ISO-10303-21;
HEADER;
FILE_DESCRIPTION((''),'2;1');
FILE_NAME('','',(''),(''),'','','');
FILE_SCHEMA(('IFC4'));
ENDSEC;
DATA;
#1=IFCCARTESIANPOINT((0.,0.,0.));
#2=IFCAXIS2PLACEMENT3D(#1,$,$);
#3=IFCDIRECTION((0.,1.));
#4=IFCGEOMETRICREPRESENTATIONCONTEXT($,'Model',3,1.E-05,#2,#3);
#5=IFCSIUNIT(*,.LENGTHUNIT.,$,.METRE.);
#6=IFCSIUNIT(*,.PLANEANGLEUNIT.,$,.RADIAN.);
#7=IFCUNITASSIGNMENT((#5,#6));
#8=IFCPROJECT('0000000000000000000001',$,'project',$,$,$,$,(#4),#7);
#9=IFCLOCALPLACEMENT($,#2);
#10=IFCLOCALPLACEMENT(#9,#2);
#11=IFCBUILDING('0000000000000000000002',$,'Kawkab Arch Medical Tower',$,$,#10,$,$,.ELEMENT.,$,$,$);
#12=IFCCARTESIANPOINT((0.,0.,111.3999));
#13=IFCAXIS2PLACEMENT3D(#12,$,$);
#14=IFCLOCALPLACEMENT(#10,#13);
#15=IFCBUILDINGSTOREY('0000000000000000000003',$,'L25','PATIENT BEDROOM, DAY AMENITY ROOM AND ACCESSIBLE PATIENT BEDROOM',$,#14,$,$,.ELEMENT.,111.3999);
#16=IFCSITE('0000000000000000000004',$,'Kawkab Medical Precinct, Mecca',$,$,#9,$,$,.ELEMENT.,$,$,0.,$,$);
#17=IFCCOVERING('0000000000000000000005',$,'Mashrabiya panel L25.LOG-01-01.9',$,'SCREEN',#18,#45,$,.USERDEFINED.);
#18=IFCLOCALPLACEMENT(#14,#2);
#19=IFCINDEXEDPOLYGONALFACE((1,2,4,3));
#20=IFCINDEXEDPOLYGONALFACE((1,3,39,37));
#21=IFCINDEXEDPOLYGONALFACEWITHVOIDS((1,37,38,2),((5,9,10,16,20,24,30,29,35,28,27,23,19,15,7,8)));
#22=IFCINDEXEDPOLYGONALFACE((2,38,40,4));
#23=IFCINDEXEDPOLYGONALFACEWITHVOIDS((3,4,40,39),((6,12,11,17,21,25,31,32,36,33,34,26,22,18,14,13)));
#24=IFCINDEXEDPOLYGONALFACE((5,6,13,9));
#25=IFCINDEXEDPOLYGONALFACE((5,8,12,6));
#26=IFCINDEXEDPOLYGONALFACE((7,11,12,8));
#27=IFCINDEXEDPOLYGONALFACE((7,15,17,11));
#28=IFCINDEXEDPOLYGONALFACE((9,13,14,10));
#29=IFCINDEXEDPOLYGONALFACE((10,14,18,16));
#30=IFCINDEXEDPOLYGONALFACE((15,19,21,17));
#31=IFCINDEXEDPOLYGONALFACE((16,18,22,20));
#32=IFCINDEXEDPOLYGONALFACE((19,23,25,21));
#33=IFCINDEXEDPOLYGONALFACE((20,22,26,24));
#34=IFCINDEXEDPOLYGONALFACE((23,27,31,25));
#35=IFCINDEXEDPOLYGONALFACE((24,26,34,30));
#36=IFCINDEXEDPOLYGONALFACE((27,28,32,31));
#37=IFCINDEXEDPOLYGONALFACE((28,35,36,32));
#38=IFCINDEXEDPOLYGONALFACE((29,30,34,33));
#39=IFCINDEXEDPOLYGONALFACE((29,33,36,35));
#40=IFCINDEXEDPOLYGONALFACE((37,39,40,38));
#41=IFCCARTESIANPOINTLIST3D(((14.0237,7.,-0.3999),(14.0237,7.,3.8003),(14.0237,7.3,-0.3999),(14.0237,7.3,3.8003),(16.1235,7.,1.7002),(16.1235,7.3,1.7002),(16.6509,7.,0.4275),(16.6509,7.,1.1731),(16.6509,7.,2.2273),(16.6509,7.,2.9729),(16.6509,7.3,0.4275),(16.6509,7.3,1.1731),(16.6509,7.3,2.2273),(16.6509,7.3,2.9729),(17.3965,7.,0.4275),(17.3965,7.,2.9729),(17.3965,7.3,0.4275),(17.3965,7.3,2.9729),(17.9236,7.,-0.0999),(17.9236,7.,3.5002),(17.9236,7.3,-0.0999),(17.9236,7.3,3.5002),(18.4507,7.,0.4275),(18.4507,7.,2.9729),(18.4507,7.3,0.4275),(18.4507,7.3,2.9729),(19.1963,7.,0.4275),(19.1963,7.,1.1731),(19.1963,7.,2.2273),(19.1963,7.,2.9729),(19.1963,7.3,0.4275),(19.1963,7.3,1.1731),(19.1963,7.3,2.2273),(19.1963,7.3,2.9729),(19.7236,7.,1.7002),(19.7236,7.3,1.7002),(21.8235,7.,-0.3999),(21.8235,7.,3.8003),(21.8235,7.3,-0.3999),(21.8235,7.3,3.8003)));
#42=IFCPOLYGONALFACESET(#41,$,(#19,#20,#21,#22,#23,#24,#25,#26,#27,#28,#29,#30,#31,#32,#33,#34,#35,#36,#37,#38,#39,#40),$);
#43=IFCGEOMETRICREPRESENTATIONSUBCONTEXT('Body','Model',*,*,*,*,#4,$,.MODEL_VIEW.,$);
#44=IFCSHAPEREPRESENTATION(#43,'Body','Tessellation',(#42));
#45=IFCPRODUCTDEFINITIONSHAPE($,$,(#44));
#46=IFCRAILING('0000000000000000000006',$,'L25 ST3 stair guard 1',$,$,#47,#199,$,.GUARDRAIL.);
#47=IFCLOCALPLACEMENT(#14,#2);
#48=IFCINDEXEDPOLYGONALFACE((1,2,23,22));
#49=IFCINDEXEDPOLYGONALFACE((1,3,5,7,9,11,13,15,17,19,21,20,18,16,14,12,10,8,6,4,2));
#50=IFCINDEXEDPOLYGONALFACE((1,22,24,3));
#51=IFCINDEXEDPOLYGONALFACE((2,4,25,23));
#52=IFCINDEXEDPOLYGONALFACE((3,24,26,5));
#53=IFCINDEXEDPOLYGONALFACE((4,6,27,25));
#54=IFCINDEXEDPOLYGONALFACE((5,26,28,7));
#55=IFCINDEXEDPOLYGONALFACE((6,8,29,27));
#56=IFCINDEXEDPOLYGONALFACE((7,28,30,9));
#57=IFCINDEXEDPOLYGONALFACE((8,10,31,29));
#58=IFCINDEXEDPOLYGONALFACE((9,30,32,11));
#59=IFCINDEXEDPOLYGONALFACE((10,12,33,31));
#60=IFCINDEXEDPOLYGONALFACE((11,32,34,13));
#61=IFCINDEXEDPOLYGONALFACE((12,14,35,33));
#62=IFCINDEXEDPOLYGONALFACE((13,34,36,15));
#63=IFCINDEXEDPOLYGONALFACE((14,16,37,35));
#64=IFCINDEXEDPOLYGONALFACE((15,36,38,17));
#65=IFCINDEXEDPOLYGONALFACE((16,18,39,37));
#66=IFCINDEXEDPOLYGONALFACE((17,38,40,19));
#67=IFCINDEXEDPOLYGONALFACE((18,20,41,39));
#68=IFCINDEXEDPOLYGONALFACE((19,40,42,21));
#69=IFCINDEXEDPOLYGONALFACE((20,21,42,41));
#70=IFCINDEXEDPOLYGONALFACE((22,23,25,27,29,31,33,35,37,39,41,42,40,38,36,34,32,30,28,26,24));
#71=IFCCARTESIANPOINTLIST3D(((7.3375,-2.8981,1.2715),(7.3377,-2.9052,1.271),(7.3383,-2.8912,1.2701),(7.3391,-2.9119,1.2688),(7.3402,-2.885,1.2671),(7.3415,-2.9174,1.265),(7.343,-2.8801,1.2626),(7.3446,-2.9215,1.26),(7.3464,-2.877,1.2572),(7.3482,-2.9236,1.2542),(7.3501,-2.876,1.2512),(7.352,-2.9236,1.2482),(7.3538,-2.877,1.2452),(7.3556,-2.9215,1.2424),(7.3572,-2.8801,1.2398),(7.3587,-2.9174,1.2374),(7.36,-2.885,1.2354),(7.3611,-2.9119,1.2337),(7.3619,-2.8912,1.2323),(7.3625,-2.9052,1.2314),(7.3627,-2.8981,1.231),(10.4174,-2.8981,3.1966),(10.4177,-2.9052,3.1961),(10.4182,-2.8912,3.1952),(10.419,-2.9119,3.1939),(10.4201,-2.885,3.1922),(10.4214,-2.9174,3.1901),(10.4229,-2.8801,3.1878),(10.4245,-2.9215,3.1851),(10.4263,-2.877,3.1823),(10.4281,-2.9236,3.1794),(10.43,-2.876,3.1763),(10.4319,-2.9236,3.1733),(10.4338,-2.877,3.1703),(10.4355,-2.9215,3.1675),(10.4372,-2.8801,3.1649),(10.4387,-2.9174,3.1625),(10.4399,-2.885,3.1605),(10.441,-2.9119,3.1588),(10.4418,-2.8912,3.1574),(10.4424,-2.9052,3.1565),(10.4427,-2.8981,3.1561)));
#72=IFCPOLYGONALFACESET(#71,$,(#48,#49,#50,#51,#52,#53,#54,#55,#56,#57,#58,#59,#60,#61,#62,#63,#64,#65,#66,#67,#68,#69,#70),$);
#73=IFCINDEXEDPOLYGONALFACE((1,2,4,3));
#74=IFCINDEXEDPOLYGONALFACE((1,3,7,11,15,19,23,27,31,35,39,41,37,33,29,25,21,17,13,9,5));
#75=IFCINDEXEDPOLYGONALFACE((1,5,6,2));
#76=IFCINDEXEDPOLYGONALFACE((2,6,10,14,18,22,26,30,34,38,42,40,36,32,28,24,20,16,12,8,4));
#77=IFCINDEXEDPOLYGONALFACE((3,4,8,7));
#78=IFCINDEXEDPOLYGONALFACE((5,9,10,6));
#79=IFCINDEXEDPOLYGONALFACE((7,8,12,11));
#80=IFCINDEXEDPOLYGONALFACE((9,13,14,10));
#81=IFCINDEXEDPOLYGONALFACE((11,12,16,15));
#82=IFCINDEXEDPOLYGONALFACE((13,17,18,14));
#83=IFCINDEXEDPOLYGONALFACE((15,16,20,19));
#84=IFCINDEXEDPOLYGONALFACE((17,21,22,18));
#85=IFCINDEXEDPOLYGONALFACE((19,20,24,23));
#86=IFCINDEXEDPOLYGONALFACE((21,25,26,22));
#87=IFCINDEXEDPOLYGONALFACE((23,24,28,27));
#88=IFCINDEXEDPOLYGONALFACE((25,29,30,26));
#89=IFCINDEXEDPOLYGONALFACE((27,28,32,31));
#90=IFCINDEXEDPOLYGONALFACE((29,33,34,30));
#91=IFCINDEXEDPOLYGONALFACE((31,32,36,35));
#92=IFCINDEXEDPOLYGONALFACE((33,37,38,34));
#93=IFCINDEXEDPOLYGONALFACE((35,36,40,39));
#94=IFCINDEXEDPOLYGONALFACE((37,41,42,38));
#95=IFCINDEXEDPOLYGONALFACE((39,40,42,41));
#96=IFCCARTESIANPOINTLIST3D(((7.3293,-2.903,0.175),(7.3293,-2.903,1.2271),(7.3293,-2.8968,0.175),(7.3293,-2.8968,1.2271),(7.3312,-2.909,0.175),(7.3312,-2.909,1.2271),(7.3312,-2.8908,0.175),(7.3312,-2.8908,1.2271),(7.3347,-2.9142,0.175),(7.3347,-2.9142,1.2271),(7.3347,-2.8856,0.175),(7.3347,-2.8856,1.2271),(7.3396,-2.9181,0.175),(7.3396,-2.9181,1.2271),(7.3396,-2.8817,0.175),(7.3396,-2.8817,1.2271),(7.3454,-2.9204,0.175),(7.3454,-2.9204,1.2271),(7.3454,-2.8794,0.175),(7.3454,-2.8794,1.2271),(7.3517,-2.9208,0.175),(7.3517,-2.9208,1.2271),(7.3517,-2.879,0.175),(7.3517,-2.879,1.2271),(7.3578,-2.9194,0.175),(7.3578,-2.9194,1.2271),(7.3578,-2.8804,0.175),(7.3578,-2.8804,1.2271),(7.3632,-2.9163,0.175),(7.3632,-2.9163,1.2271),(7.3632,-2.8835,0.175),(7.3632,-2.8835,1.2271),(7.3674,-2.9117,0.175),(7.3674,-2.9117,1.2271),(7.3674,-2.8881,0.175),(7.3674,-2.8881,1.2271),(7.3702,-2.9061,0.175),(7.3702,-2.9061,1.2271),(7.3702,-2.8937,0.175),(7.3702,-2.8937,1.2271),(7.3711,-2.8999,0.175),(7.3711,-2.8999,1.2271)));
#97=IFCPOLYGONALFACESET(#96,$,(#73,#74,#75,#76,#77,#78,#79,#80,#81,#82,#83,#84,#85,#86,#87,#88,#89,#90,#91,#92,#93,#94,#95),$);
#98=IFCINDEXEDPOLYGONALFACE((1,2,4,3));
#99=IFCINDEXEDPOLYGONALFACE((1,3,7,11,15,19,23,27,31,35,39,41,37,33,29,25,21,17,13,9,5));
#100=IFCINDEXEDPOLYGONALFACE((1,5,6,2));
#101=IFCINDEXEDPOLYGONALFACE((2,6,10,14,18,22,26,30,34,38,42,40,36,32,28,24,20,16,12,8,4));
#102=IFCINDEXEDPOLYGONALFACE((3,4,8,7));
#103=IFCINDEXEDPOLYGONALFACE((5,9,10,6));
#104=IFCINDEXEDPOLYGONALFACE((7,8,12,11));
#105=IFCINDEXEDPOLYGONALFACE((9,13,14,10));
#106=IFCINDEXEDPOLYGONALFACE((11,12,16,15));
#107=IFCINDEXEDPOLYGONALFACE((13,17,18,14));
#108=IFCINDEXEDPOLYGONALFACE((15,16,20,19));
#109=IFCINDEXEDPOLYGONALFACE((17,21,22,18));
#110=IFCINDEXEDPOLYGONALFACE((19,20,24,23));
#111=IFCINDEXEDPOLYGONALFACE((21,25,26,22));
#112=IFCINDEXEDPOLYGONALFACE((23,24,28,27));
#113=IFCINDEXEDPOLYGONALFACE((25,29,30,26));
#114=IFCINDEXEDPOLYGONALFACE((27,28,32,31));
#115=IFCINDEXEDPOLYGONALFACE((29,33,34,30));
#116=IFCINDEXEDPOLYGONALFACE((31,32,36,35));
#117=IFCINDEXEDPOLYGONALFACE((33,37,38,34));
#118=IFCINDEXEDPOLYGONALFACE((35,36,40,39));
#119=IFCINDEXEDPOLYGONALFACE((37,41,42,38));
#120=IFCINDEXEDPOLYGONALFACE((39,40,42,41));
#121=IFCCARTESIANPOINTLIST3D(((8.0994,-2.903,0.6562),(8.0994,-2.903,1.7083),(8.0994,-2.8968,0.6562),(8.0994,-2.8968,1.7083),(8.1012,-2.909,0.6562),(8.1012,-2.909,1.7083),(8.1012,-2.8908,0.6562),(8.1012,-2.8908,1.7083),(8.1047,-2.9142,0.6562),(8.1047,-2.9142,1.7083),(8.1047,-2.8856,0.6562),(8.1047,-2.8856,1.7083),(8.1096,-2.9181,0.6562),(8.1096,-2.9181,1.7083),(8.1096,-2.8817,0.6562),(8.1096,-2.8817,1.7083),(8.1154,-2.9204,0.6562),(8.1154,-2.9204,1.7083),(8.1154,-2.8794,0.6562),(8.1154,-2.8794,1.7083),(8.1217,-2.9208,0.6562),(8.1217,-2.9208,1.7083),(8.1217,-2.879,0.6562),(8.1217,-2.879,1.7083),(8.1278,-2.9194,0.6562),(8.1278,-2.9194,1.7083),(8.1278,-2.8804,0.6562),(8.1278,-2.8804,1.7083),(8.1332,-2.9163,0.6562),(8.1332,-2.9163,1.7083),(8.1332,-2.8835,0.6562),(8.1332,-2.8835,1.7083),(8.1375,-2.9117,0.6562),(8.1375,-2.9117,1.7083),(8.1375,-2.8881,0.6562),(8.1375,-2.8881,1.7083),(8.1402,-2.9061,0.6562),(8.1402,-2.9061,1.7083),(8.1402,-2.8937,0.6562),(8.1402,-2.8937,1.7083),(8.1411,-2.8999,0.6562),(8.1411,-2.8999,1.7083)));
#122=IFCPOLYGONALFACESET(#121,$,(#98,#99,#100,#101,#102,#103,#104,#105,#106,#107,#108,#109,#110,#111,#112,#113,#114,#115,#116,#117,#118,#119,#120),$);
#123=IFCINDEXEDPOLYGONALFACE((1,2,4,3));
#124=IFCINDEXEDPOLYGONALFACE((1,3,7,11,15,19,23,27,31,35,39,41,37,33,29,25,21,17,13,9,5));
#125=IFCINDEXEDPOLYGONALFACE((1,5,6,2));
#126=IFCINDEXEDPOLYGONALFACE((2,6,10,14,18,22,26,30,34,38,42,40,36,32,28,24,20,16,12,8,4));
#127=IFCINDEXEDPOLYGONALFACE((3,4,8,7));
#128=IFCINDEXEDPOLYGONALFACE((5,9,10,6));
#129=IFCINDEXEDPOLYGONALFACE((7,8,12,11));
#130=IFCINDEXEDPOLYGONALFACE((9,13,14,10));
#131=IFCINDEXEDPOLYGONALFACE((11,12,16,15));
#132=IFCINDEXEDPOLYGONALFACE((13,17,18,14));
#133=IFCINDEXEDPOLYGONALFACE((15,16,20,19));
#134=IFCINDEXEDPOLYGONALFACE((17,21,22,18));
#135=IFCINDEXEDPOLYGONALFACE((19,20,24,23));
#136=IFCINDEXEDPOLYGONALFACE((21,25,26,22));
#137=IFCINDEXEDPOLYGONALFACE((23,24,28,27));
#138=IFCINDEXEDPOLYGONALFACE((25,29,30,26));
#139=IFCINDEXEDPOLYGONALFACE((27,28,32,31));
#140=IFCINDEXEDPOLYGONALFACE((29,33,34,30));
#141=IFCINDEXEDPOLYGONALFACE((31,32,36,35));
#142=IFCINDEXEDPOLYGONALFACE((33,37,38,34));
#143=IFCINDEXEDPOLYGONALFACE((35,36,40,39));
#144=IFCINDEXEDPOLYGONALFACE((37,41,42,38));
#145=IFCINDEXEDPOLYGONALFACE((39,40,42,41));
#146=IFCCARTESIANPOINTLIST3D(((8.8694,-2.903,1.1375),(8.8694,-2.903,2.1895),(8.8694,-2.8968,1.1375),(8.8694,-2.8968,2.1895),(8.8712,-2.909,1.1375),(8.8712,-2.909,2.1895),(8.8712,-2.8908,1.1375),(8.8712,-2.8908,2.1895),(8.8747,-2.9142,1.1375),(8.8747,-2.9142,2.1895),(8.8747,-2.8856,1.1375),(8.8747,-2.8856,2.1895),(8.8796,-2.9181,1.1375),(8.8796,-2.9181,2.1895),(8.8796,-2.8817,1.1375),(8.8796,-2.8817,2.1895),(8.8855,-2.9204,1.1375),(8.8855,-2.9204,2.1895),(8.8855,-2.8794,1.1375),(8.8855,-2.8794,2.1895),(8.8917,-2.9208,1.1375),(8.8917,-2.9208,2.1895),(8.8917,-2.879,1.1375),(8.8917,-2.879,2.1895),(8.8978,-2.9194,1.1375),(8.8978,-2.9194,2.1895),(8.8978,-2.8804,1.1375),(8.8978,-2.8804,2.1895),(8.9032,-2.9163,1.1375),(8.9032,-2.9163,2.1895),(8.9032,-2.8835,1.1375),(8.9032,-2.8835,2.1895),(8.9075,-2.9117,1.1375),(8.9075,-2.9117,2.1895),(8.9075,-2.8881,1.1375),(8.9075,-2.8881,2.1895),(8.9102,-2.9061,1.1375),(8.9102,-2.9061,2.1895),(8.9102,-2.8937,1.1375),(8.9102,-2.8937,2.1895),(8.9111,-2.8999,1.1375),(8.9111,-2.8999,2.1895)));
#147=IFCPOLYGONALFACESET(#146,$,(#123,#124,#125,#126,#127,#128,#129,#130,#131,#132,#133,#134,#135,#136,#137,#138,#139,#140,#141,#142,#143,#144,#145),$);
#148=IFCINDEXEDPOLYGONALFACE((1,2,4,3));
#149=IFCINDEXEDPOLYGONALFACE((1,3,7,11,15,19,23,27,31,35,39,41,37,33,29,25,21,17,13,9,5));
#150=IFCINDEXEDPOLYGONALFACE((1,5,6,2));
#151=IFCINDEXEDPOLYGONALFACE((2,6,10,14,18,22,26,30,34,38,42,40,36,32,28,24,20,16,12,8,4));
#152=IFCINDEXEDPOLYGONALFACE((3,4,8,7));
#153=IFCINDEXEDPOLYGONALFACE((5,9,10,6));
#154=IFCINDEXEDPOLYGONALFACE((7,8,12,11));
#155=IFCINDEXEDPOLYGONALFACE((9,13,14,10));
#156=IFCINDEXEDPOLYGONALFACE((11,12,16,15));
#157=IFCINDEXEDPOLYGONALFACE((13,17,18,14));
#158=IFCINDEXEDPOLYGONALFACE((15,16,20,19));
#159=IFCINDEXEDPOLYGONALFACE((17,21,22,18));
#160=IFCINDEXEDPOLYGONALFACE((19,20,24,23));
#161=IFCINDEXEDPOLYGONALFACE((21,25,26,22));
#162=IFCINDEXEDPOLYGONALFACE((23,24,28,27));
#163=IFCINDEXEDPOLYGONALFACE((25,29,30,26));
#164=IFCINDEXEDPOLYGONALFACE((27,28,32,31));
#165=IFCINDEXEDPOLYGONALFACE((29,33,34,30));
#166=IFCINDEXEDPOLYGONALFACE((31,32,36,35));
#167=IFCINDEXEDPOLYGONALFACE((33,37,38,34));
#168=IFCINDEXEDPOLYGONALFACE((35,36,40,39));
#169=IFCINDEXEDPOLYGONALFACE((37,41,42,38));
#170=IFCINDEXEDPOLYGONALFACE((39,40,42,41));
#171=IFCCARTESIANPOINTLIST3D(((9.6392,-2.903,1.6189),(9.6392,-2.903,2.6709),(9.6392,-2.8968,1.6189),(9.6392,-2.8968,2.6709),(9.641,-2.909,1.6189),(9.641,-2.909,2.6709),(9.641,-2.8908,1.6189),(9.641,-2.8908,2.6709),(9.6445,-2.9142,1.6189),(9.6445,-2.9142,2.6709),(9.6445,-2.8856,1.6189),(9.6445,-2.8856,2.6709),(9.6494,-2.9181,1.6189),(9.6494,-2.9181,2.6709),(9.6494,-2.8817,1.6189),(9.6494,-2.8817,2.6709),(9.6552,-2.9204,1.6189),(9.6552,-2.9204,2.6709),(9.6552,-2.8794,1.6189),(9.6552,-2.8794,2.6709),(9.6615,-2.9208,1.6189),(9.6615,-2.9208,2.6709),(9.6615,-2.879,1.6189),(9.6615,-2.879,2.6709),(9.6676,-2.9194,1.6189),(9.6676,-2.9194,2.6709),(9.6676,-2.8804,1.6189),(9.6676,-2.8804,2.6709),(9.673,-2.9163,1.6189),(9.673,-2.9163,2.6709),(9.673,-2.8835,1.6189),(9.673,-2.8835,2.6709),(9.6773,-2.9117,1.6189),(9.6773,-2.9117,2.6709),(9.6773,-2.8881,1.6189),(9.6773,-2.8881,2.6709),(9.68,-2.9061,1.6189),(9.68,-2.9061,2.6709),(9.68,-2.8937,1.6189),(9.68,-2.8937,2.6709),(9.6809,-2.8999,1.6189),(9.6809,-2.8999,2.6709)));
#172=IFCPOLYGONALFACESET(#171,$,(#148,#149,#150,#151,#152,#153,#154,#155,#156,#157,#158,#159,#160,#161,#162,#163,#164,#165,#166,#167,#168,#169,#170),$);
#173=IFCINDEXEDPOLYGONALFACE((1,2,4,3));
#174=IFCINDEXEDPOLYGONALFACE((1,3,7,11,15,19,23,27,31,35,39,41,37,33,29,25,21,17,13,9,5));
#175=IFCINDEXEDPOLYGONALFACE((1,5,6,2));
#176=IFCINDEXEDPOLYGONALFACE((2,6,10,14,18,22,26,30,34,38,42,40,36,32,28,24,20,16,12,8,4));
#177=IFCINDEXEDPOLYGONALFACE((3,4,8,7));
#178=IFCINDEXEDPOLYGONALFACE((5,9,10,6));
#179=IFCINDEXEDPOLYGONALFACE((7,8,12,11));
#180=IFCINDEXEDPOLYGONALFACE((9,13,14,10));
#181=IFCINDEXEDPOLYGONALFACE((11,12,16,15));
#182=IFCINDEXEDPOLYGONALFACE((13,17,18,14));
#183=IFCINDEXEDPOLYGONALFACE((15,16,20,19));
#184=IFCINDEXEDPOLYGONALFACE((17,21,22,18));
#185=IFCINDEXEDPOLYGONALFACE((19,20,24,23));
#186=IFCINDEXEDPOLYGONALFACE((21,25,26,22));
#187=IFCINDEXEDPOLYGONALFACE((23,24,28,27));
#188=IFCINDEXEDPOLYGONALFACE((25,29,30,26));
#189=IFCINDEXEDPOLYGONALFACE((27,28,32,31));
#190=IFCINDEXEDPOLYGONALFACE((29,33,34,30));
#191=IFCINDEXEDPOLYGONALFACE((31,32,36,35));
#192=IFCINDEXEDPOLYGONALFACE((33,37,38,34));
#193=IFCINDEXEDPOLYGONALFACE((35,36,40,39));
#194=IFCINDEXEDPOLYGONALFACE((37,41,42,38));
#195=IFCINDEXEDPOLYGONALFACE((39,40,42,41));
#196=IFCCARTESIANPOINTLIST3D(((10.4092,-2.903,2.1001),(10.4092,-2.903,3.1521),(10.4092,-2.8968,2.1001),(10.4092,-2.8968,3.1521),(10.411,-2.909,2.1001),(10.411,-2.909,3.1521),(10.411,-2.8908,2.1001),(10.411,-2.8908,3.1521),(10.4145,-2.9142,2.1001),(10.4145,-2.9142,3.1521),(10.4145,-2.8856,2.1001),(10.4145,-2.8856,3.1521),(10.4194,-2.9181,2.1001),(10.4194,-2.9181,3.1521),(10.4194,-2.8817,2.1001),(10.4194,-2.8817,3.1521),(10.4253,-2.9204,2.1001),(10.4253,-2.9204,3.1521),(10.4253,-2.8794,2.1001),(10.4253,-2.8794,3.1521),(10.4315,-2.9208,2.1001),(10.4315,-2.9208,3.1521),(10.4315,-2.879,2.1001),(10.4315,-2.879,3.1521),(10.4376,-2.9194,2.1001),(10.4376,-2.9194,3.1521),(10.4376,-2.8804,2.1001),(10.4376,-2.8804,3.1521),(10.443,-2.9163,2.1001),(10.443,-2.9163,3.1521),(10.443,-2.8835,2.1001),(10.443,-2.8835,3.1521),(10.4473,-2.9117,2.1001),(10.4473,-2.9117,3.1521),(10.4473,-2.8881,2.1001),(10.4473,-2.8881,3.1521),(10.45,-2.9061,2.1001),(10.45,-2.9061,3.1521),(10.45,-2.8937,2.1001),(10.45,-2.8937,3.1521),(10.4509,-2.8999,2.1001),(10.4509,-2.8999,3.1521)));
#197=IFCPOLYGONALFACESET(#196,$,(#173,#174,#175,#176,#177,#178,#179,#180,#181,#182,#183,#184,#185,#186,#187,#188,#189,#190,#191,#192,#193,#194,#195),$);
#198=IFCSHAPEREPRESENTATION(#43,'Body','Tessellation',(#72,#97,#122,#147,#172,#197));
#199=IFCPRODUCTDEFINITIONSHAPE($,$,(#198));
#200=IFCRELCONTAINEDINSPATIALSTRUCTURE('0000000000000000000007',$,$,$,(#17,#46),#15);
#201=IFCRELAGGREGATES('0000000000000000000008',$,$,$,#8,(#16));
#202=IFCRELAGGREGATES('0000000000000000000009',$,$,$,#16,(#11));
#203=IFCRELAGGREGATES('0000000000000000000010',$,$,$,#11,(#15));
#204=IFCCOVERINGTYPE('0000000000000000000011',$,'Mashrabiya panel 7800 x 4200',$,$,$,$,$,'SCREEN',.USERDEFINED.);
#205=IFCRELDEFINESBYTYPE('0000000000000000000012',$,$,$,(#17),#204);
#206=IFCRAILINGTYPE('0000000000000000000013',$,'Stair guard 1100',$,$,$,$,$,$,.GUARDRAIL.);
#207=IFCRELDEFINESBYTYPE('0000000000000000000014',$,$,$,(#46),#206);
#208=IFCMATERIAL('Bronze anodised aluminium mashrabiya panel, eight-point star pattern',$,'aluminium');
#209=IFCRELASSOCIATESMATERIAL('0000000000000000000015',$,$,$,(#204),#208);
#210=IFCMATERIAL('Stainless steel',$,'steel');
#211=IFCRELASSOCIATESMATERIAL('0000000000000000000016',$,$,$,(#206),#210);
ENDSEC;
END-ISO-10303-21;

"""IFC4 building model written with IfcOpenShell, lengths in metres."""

from ifc_helpers import new_model, si_unit, direction, frame, origin, origin_2d, place, context, subcontext, project, spatial, polyline, circle, outline, extrude, material, material_profile, profile_set, type_object, element, save


model = new_model("IFC4")

# Units and contexts
model_context = context("Model", 3, precision=1e-05, world=origin(), true_north=direction((0.0, 1.0)))
body_context = subcontext(model_context, "Body", "Model", "MODEL_VIEW")
ifc_project = project(units=[si_unit("LENGTHUNIT", "METRE"), si_unit("PLANEANGLEUNIT", "RADIAN")], contexts=[model_context])

# Site, building, storey
site_placement = place(None, origin())
site = spatial("IfcSite", under=ifc_project, at=site_placement, Name="Kawkab Medical Precinct, Mecca", CompositionType="ELEMENT", RefElevation=0.0)
building_placement = place(site_placement, origin())
building = spatial("IfcBuilding", under=site, at=building_placement, Name="Kawkab Arch Medical Tower", CompositionType="ELEMENT")
storey_placement = place(building_placement, frame((0.0, 0.0, 111.3999)))
storey = spatial("IfcBuildingStorey", under=building, at=storey_placement, Name="L25", Description="PATIENT BEDROOM, DAY AMENITY ROOM AND ACCESSIBLE PATIENT BEDROOM", CompositionType="ELEMENT", Elevation=111.3999)

# Covering
ifc_material_1 = material(Name="Bronze anodised aluminium mashrabiya panel, eight-point star pattern", Category="aluminium")
ifc_material_profile_1 = material_profile(ifc_material_1, outline(polyline([(-3.8999, -2.1001), (3.8999, -2.1001), (3.8999, 2.1001), (-3.8999, 2.1001), (-3.8999, -2.1001)]), holes=[polyline([(1.8, 0.0), (1.2727, 0.5271), (1.2727, 1.2727), (0.5271, 1.2727), (0.0, 1.8), (-0.5271, 1.2727), (-1.2727, 1.2727), (-1.2727, 0.5271), (-1.8, 0.0), (-1.2727, -0.5271), (-1.2727, -1.2727), (-0.5271, -1.2727), (0.0, -1.8), (0.5271, -1.2727), (1.2727, -1.2727), (1.2727, -0.5271), (1.8, 0.0)])]), Name="Mashrabiya panel 7800x4200")
ifc_profile_set_1 = profile_set([ifc_material_profile_1], Name="Bronze anodised aluminium mashrabiya panel, eight-point star pattern")
covering_type = type_object("IfcCoveringType", Name="Mashrabiya panel 7800 x 4200", ElementType="SCREEN", PredefinedType="USERDEFINED", material=ifc_profile_set_1)
covering_placement = place(storey_placement, frame((17.9236, 7.0, 1.7002), z_axis=(0.0, 1.0, 0.0), x_axis=(-1.0, 0.0, 0.0)))
element("IfcCovering", 1, at=covering_placement, inside=storey, type_object=covering_type, Name="Mashrabiya panel L25.LOG-01-01.9", ObjectType="SCREEN", PredefinedType="USERDEFINED", context=body_context, shape_type="SweptSolid", body=[
    extrude(outline(polyline([(-3.8999, -2.1001), (3.8999, -2.1001), (3.8999, 2.1001), (-3.8999, 2.1001), (-3.8999, -2.1001)]), holes=[polyline([(1.8, 0.0), (1.2727, 0.5271), (1.2727, 1.2727), (0.5271, 1.2727), (0.0, 1.8), (-0.5271, 1.2727), (-1.2727, 1.2727), (-1.2727, 0.5271), (-1.8, 0.0), (-1.2727, -0.5271), (-1.2727, -1.2727), (-0.5271, -1.2727), (0.0, -1.8), (0.5271, -1.2727), (1.2727, -1.2727), (1.2727, -0.5271), (1.8, 0.0)])]), origin(), (0.0, 0.0, 1.0), 0.3),
])

# Railing
ifc_material_2 = material(Name="Stainless steel", Category="steel")
railing_type = type_object("IfcRailingType", Name="Stair guard 1100", PredefinedType="GUARDRAIL", material=ifc_material_2)
railing_1_placement = place(storey_placement, frame((7.3501, -2.8999, 0.175)))
element("IfcRailing", 2, at=railing_1_placement, inside=storey, type_object=railing_type, Name="L25 ST3 stair guard 1", PredefinedType="GUARDRAIL", context=body_context, shape_type="SweptSolid", body=[
    extrude(circle(Radius=0.0239, at=origin_2d()), frame((0.0, 0.0, 1.0762), z_axis=(0.847979, 0.0, 0.530029), x_axis=(0.0, 1.0, 0.0)), (0.0, 0.0, 1.0), 3.6321),
    extrude(circle(Radius=0.021, at=origin_2d()), origin(), (0.0, 0.0, 1.0), 1.052),
    extrude(circle(Radius=0.021, at=origin_2d()), frame((0.77, 0.0, 0.4812)), (0.0, 0.0, 1.0), 1.052),
    extrude(circle(Radius=0.021, at=origin_2d()), frame((1.54, 0.0, 0.9624)), (0.0, 0.0, 1.0), 1.052),
    extrude(circle(Radius=0.021, at=origin_2d()), frame((2.3098, 0.0, 1.4438)), (0.0, 0.0, 1.0), 1.052),
    extrude(circle(Radius=0.021, at=origin_2d()), frame((3.0798, 0.0, 1.925)), (0.0, 0.0, 1.0), 1.052),
])

save(model, "model.ifc")
